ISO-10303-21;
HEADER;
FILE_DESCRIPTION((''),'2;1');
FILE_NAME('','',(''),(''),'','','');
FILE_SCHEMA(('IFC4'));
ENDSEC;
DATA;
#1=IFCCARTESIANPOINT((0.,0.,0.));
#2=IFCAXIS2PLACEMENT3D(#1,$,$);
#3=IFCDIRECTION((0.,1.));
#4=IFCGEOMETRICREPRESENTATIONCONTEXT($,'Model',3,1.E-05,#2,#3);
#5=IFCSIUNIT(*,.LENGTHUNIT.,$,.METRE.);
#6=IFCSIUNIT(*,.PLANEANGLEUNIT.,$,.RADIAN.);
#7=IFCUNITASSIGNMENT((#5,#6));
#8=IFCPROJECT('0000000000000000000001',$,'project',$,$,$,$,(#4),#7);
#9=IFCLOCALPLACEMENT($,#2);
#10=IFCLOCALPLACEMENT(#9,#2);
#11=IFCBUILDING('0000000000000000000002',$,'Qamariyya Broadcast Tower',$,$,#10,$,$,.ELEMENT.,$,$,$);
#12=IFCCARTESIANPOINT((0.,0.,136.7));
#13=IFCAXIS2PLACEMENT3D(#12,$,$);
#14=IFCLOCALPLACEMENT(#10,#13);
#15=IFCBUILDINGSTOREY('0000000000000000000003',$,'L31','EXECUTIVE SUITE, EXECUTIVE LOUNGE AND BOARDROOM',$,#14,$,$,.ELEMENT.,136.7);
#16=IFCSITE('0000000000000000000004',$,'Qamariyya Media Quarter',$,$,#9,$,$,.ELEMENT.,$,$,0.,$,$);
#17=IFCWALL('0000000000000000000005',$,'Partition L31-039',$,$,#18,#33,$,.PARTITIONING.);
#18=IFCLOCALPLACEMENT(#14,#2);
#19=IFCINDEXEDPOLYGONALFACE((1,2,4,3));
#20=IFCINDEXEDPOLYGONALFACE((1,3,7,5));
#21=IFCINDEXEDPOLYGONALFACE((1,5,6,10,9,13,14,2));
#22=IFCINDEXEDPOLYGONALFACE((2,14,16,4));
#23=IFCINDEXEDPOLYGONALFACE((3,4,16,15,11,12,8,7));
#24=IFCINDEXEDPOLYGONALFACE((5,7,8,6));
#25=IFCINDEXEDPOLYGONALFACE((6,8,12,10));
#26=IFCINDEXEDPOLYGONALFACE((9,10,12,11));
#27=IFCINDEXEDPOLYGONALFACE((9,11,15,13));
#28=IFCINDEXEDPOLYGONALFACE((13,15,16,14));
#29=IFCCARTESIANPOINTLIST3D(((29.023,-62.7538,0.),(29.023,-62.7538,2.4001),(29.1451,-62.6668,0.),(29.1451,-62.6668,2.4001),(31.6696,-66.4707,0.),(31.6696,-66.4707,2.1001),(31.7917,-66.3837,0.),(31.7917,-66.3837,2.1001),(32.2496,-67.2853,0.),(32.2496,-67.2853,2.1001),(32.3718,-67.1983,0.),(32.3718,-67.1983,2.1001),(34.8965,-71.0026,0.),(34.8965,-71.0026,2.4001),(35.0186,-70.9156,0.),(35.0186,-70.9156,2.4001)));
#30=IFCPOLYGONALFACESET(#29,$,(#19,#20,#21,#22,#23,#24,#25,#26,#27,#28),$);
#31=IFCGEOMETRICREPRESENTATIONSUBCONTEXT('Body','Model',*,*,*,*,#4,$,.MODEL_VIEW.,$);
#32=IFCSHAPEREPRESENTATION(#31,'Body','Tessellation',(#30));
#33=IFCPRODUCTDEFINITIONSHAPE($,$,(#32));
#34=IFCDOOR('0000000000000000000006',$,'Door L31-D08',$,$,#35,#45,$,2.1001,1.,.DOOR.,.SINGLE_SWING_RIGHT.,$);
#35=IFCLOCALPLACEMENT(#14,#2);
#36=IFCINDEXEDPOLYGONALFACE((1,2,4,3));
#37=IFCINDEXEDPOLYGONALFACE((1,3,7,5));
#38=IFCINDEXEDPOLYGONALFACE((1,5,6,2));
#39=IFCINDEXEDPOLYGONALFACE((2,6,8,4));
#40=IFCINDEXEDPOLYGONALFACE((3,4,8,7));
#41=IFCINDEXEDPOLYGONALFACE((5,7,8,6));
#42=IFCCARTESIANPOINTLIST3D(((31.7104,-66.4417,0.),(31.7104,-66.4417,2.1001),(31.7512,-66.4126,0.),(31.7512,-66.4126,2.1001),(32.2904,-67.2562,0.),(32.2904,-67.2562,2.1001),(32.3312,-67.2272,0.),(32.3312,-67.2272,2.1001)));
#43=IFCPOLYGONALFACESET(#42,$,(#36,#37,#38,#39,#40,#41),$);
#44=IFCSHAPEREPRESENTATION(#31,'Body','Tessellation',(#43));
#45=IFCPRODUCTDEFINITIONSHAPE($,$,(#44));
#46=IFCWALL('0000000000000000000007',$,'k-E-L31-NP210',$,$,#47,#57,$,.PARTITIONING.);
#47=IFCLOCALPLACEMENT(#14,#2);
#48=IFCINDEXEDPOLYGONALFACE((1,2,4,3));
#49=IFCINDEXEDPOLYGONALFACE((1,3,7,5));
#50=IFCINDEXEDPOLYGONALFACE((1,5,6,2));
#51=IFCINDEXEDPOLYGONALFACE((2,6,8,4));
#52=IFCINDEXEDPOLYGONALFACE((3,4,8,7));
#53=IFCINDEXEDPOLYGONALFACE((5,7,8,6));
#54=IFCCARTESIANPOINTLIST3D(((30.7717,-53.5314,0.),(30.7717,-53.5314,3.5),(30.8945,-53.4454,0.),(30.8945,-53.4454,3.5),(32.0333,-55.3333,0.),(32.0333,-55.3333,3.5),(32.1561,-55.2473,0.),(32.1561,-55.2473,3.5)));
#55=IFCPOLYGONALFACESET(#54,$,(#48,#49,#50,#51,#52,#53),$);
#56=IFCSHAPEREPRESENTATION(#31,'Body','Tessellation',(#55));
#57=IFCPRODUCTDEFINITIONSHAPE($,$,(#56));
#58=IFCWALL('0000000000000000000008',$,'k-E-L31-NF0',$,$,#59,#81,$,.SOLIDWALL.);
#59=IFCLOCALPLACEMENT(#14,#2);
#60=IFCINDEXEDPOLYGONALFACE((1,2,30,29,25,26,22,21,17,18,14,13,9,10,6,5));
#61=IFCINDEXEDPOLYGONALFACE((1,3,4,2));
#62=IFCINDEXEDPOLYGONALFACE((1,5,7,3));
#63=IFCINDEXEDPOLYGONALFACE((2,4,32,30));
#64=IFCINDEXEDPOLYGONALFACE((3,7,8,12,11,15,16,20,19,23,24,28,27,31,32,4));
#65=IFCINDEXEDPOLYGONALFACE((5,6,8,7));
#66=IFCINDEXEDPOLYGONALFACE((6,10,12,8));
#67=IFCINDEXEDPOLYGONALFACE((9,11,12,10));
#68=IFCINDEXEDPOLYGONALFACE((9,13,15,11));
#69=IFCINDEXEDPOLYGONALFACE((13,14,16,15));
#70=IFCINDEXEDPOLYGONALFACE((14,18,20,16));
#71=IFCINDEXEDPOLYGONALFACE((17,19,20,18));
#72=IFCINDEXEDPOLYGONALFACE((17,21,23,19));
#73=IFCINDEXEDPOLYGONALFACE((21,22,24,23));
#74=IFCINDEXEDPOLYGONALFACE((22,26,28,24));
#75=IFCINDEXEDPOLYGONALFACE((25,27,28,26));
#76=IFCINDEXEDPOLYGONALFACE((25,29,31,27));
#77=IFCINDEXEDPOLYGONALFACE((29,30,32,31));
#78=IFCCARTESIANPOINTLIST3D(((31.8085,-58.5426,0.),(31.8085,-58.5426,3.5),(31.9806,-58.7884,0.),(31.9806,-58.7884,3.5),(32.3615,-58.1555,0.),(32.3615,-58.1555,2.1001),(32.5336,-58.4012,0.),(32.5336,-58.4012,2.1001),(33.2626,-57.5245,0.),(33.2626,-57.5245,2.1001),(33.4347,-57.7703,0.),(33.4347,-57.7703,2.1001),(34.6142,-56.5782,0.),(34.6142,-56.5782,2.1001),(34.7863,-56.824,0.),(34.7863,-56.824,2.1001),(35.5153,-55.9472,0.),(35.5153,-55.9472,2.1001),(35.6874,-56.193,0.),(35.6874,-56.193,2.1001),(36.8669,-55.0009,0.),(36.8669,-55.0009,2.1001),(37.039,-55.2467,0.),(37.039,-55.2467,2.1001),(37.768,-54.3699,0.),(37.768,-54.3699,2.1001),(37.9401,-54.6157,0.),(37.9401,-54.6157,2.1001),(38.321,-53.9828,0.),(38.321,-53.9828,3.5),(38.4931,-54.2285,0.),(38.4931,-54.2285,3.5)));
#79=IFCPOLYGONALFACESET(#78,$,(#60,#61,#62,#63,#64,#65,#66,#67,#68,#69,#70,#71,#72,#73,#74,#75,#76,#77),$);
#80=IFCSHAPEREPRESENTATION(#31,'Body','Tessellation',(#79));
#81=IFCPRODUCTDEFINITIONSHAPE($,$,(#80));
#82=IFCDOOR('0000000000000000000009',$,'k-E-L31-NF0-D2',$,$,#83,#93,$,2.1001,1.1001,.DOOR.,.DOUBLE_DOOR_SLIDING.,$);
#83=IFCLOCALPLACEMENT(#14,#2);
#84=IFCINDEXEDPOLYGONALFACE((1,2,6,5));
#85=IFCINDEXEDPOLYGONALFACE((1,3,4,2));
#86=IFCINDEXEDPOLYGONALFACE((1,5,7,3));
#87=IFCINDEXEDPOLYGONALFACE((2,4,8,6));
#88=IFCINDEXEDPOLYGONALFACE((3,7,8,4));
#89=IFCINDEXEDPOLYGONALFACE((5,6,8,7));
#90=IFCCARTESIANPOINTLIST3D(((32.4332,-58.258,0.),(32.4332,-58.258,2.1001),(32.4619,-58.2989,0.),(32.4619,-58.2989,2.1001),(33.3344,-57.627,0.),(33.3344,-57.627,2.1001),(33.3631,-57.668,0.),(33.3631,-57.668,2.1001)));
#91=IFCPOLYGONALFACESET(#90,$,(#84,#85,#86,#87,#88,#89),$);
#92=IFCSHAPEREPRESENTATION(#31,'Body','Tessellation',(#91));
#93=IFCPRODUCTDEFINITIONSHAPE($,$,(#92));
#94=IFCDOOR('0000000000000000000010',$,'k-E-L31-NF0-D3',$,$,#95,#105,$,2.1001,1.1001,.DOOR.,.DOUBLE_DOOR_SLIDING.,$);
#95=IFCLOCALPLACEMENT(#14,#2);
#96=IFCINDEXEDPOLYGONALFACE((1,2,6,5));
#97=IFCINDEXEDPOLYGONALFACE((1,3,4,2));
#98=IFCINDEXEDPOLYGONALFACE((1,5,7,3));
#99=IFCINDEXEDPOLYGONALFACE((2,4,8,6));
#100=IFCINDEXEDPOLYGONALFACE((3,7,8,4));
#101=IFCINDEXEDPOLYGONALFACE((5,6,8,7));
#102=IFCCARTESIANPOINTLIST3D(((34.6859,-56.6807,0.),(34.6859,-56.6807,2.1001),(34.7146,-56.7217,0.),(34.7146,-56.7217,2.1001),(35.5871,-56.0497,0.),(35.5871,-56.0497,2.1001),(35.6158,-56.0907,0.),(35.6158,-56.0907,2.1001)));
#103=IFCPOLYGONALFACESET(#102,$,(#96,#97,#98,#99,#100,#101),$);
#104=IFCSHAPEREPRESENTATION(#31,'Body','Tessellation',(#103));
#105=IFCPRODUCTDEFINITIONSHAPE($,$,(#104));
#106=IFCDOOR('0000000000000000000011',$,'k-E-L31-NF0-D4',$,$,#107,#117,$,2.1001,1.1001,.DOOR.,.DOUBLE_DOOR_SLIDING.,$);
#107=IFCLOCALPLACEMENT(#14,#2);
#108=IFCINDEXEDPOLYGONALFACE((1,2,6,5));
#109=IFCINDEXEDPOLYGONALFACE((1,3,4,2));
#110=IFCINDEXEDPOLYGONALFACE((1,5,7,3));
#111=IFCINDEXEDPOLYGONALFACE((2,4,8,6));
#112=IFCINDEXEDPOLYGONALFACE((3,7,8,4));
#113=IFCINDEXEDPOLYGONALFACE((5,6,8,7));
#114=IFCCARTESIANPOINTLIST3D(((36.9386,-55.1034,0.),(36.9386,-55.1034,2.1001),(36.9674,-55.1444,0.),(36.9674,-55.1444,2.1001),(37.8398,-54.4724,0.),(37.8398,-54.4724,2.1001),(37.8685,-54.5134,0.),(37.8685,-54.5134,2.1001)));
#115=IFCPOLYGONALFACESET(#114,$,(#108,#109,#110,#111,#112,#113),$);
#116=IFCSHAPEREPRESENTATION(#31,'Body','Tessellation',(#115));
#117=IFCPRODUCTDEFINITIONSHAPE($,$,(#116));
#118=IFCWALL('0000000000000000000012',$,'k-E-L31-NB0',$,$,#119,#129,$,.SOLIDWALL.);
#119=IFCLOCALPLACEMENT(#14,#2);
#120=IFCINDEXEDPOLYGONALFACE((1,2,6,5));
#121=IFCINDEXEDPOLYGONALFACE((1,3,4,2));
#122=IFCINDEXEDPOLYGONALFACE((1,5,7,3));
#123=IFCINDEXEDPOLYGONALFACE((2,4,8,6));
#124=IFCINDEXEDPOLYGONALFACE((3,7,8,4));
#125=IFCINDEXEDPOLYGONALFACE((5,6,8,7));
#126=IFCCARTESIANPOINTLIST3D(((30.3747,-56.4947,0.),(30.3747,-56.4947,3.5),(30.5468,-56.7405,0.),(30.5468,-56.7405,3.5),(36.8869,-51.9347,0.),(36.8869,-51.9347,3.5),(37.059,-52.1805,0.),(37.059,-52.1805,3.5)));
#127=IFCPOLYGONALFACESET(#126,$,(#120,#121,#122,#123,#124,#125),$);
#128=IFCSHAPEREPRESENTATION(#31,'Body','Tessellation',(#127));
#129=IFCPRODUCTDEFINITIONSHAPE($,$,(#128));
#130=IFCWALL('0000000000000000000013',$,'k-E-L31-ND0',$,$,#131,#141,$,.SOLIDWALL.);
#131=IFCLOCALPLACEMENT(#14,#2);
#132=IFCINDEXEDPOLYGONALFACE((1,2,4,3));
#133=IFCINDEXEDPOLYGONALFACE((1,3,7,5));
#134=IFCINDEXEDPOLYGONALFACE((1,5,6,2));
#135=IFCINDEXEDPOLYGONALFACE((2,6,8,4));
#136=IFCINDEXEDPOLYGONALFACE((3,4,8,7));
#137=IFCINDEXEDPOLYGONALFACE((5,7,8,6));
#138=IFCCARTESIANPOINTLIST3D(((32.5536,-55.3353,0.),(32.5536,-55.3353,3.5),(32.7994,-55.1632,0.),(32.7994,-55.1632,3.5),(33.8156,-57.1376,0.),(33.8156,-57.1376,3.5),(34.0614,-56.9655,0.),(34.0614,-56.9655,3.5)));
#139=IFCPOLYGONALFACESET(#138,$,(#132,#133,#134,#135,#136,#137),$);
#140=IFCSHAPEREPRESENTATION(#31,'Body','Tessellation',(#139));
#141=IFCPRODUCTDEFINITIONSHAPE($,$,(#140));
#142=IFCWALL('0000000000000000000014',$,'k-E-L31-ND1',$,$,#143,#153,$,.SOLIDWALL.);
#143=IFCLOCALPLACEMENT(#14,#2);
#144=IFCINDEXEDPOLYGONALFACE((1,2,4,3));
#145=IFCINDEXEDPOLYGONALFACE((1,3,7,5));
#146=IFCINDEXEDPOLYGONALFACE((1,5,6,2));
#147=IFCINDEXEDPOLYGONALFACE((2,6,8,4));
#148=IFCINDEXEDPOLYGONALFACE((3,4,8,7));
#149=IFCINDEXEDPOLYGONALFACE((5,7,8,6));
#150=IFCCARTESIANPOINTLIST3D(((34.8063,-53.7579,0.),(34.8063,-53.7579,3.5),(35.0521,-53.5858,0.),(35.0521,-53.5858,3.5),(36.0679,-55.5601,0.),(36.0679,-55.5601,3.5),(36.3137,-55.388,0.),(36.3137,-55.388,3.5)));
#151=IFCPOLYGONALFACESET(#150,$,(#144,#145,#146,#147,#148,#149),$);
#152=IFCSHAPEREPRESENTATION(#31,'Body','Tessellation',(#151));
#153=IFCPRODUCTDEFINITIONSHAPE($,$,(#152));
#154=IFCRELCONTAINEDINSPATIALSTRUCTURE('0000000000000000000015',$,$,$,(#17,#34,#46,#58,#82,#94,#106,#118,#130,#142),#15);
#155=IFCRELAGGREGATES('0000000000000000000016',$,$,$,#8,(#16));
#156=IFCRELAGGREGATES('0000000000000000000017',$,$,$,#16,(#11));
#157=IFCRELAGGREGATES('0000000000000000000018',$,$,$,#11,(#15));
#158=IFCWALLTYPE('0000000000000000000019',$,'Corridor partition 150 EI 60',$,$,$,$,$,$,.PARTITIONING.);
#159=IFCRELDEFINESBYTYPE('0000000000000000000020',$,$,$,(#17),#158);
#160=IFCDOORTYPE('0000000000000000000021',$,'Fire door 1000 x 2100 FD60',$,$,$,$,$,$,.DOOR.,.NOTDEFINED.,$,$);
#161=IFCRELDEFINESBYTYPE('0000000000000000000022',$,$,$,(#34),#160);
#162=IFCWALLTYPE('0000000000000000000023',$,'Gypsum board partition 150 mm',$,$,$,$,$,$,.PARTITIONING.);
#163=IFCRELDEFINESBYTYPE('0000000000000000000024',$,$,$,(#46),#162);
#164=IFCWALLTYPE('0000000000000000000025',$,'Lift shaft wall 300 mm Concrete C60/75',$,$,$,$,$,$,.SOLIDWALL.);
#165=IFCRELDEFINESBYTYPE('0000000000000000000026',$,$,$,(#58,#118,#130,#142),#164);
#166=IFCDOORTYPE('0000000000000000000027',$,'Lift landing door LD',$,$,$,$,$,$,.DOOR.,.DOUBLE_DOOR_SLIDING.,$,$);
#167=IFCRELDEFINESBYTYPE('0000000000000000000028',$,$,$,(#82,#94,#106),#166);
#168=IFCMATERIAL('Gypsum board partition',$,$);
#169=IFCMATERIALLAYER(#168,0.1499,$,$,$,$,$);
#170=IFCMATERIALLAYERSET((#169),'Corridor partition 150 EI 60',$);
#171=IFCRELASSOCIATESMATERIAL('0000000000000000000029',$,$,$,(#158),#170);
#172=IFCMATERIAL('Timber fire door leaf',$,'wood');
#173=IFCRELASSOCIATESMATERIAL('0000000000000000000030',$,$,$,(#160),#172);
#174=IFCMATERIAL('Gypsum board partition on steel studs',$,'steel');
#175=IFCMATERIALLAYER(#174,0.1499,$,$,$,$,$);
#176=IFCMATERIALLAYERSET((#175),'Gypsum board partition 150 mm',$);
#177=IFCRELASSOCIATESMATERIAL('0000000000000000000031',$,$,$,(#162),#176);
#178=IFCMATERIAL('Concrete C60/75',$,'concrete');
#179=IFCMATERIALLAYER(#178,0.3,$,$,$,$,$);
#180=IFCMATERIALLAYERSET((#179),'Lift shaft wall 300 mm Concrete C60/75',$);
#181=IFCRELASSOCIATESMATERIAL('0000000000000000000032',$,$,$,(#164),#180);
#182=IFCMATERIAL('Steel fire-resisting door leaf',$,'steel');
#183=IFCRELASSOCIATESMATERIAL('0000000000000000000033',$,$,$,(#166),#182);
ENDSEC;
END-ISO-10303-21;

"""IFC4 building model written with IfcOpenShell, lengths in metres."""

from ifc_helpers import new_model, si_unit, direction, frame, frame_2d, origin, place, context, subcontext, project, spatial, rectangle, extrude, material, layer, layer_set, type_object, element, fill, save


model = new_model("IFC4")

# Units and contexts
model_context = context("Model", 3, precision=1e-05, world=origin(), true_north=direction((0.0, 1.0)))
body_context = subcontext(model_context, "Body", "Model", "MODEL_VIEW")
ifc_project = project(units=[si_unit("LENGTHUNIT", "METRE"), si_unit("PLANEANGLEUNIT", "RADIAN")], contexts=[model_context])

# Site, building, storey
site_placement = place(None, origin())
site = spatial("IfcSite", under=ifc_project, at=site_placement, Name="Qamariyya Media Quarter", CompositionType="ELEMENT", RefElevation=0.0)
building_placement = place(site_placement, origin())
building = spatial("IfcBuilding", under=site, at=building_placement, Name="Qamariyya Broadcast Tower", CompositionType="ELEMENT")
storey_placement = place(building_placement, frame((0.0, 0.0, 136.7)))
storey = spatial("IfcBuildingStorey", under=building, at=storey_placement, Name="L31", Description="EXECUTIVE SUITE, EXECUTIVE LOUNGE AND BOARDROOM", CompositionType="ELEMENT", Elevation=136.7)

# Shared definitions
ifc_material_1 = material(Name="Steel fire-resisting door leaf", Category="steel")

# Wall, opening, door
ifc_material_2 = material(Name="Gypsum board partition")
ifc_layer_1 = layer(ifc_material_2, 0.1499)
ifc_layer_set_1 = layer_set([ifc_layer_1], Name="Corridor partition 150 EI 60")
wall_type_1 = type_object("IfcWallType", Name="Corridor partition 150 EI 60", PredefinedType="PARTITIONING", material=ifc_layer_set_1)
wall_1_placement = place(storey_placement, frame((34.9575, -70.959, 0.0), z_axis=(0.0, 0.0, 1.0), x_axis=(-0.580031, 0.814594, 0.0)))
wall_1 = element("IfcWall", 1, at=wall_1_placement, inside=storey, type_object=wall_type_1, Name="Partition L31-039", PredefinedType="PARTITIONING", context=body_context, shape_type="SweptSolid", body=[
    extrude(rectangle(XDim=10.1262, YDim=0.1499, at=frame_2d((5.063, 0.0))), origin(), (0.0, 0.0, 1.0), 2.4001),
])
opening_1_placement = place(wall_1_placement, frame((4.5632, 0.0, 0.0)))
opening_1 = element("IfcOpeningElement", 2, at=opening_1_placement, cuts=wall_1, PredefinedType="OPENING", context=body_context, shape_type="SweptSolid", body=[
    extrude(rectangle(XDim=1.0, YDim=2.1001, at=frame_2d((0.5, 1.05))), frame((0.0, 0.085, 0.0), z_axis=(0.0, -1.0, 0.0), x_axis=(1.0, 0.0, 0.0)), (0.0, 0.0, 1.0), 0.1699),
])
ifc_material_3 = material(Name="Timber fire door leaf", Category="wood")
door_type_1 = type_object("IfcDoorType", Name="Fire door 1000 x 2100 FD60", OperationType="NOTDEFINED", PredefinedType="DOOR", material=ifc_material_3)
door_1_placement = place(opening_1_placement, origin())
door_1 = element("IfcDoor", 3, at=door_1_placement, inside=storey, type_object=door_type_1, Name="Door L31-D08", OperationType="SINGLE_SWING_RIGHT", OverallHeight=2.1001, OverallWidth=1.0, PredefinedType="DOOR", context=body_context, shape_type="SweptSolid", body=[
    extrude(rectangle(XDim=1.0, YDim=2.1001, at=frame_2d((0.5, 1.05))), frame((0.0, 0.0249, 0.0), z_axis=(0.0, -1.0, 0.0), x_axis=(1.0, 0.0, 0.0)), (0.0, 0.0, 1.0), 0.05),
])
fill(opening_1, door_1)

# Wall
ifc_material_4 = material(Name="Gypsum board partition on steel studs", Category="steel")
ifc_layer_2 = layer(ifc_material_4, 0.1499)
ifc_layer_set_2 = layer_set([ifc_layer_2], Name="Gypsum board partition 150 mm")
wall_type_2 = type_object("IfcWallType", Name="Gypsum board partition 150 mm", PredefinedType="PARTITIONING", material=ifc_layer_set_2)
wall_2_placement = place(storey_placement, frame((32.0947, -55.2903, 0.0), z_axis=(0.0, 0.0, 1.0), x_axis=(-0.573559, 0.819164, 0.0)))
element("IfcWall", 4, at=wall_2_placement, inside=storey, type_object=wall_type_2, Name="k-E-L31-NP210", PredefinedType="PARTITIONING", context=body_context, shape_type="SweptSolid", body=[
    extrude(rectangle(XDim=2.1997, YDim=0.1499, at=frame_2d((1.0999, 0.0))), origin(), (0.0, 0.0, 1.0), 3.5),
])

# Wall, openings, doors
ifc_material_5 = material(Name="Concrete C60/75", Category="concrete")
ifc_layer_3 = layer(ifc_material_5, 0.3)
ifc_layer_set_3 = layer_set([ifc_layer_3], Name="Lift shaft wall 300 mm Concrete C60/75")
wall_type_3 = type_object("IfcWallType", Name="Lift shaft wall 300 mm Concrete C60/75", PredefinedType="SOLIDWALL", material=ifc_layer_set_3)
wall_3_placement = place(storey_placement, frame((31.8945, -58.6655, 0.0), z_axis=(0.0, 0.0, 1.0), x_axis=(0.819167, 0.573555, 0.0)))
wall_3 = element("IfcWall", 5, at=wall_3_placement, inside=storey, type_object=wall_type_3, Name="k-E-L31-NF0", PredefinedType="SOLIDWALL", context=body_context, shape_type="SweptSolid", body=[
    extrude(rectangle(XDim=7.9502, YDim=0.3, at=frame_2d((3.9751, 0.0))), origin(), (0.0, 0.0, 1.0), 3.5),
])
opening_2_placement = place(wall_3_placement, frame((0.675, 0.0, 0.0)))
opening_2 = element("IfcOpeningElement", 6, at=opening_2_placement, cuts=wall_3, PredefinedType="OPENING", context=body_context, shape_type="SweptSolid", body=[
    extrude(rectangle(XDim=1.1001, YDim=2.1001, at=frame_2d((0.55, 1.05))), frame((0.0, 0.1599, 0.0), z_axis=(0.0, -1.0, 0.0), x_axis=(1.0, 0.0, 0.0)), (0.0, 0.0, 1.0), 0.3201),
])
opening_3_placement = place(wall_3_placement, frame((3.425, 0.0, 0.0)))
opening_3 = element("IfcOpeningElement", 7, at=opening_3_placement, cuts=wall_3, PredefinedType="OPENING", context=body_context, shape_type="SweptSolid", body=[
    extrude(rectangle(XDim=1.1001, YDim=2.1001, at=frame_2d((0.55, 1.05))), frame((0.0, 0.1599, 0.0), z_axis=(0.0, -1.0, 0.0), x_axis=(1.0, 0.0, 0.0)), (0.0, 0.0, 1.0), 0.3201),
])
opening_4_placement = place(wall_3_placement, frame((6.175, 0.0, 0.0)))
opening_4 = element("IfcOpeningElement", 8, at=opening_4_placement, cuts=wall_3, PredefinedType="OPENING", context=body_context, shape_type="SweptSolid", body=[
    extrude(rectangle(XDim=1.1001, YDim=2.1001, at=frame_2d((0.55, 1.05))), frame((0.0, 0.1599, 0.0), z_axis=(0.0, -1.0, 0.0), x_axis=(1.0, 0.0, 0.0)), (0.0, 0.0, 1.0), 0.3201),
])
door_type_2 = type_object("IfcDoorType", Name="Lift landing door LD", OperationType="DOUBLE_DOOR_SLIDING", PredefinedType="DOOR", material=ifc_material_1)
door_2_placement = place(opening_2_placement, origin())
door_2 = element("IfcDoor", 9, at=door_2_placement, inside=storey, type_object=door_type_2, Name="k-E-L31-NF0-D2", OperationType="DOUBLE_DOOR_SLIDING", OverallHeight=2.1001, OverallWidth=1.1001, PredefinedType="DOOR", context=body_context, shape_type="SweptSolid", body=[
    extrude(rectangle(XDim=1.1001, YDim=2.1001, at=frame_2d((0.55, 1.05))), frame((0.0, 0.0249, 0.0), z_axis=(0.0, -1.0, 0.0), x_axis=(1.0, 0.0, 0.0)), (0.0, 0.0, 1.0), 0.05),
])
fill(opening_2, door_2)
door_3_placement = place(opening_3_placement, origin())
door_3 = element("IfcDoor", 10, at=door_3_placement, inside=storey, type_object=door_type_2, Name="k-E-L31-NF0-D3", OperationType="DOUBLE_DOOR_SLIDING", OverallHeight=2.1001, OverallWidth=1.1001, PredefinedType="DOOR", context=body_context, shape_type="SweptSolid", body=[
    extrude(rectangle(XDim=1.1001, YDim=2.1001, at=frame_2d((0.55, 1.05))), frame((0.0, 0.0249, 0.0), z_axis=(0.0, -1.0, 0.0), x_axis=(1.0, 0.0, 0.0)), (0.0, 0.0, 1.0), 0.05),
])
fill(opening_3, door_3)
door_4_placement = place(opening_4_placement, origin())
door_4 = element("IfcDoor", 11, at=door_4_placement, inside=storey, type_object=door_type_2, Name="k-E-L31-NF0-D4", OperationType="DOUBLE_DOOR_SLIDING", OverallHeight=2.1001, OverallWidth=1.1001, PredefinedType="DOOR", context=body_context, shape_type="SweptSolid", body=[
    extrude(rectangle(XDim=1.1001, YDim=2.1001, at=frame_2d((0.55, 1.05))), frame((0.0, 0.0249, 0.0), z_axis=(0.0, -1.0, 0.0), x_axis=(1.0, 0.0, 0.0)), (0.0, 0.0, 1.0), 0.05),
])
fill(opening_4, door_4)

# Walls
wall_4_placement = place(storey_placement, frame((30.4607, -56.6177, 0.0), z_axis=(0.0, 0.0, 1.0), x_axis=(0.819142, 0.57359, 0.0)))
element("IfcWall", 12, at=wall_4_placement, inside=storey, type_object=wall_type_3, Name="k-E-L31-NB0", PredefinedType="SOLIDWALL", context=body_context, shape_type="SweptSolid", body=[
    extrude(rectangle(XDim=7.95, YDim=0.3, at=frame_2d((3.9751, 0.0))), origin(), (0.0, 0.0, 1.0), 3.5),
])
wall_5_placement = place(storey_placement, frame((33.9385, -57.0515, 0.0), z_axis=(0.0, 0.0, 1.0), x_axis=(-0.573581, 0.819149, 0.0)))
element("IfcWall", 13, at=wall_5_placement, inside=storey, type_object=wall_type_3, Name="k-E-L31-ND0", PredefinedType="SOLIDWALL", context=body_context, shape_type="SweptSolid", body=[
    extrude(rectangle(XDim=2.2002, YDim=0.3, at=frame_2d((1.1001, 0.0))), origin(), (0.0, 0.0, 1.0), 3.5),
])
wall_6_placement = place(storey_placement, frame((36.1909, -55.4741, 0.0), z_axis=(0.0, 0.0, 1.0), x_axis=(-0.573507, 0.819201, 0.0)))
element("IfcWall", 14, at=wall_6_placement, inside=storey, type_object=wall_type_3, Name="k-E-L31-ND1", PredefinedType="SOLIDWALL", context=body_context, shape_type="SweptSolid", body=[
    extrude(rectangle(XDim=2.2, YDim=0.3, at=frame_2d((1.1001, 0.0))), origin(), (0.0, 0.0, 1.0), 3.5),
])

save(model, "model.ifc")
